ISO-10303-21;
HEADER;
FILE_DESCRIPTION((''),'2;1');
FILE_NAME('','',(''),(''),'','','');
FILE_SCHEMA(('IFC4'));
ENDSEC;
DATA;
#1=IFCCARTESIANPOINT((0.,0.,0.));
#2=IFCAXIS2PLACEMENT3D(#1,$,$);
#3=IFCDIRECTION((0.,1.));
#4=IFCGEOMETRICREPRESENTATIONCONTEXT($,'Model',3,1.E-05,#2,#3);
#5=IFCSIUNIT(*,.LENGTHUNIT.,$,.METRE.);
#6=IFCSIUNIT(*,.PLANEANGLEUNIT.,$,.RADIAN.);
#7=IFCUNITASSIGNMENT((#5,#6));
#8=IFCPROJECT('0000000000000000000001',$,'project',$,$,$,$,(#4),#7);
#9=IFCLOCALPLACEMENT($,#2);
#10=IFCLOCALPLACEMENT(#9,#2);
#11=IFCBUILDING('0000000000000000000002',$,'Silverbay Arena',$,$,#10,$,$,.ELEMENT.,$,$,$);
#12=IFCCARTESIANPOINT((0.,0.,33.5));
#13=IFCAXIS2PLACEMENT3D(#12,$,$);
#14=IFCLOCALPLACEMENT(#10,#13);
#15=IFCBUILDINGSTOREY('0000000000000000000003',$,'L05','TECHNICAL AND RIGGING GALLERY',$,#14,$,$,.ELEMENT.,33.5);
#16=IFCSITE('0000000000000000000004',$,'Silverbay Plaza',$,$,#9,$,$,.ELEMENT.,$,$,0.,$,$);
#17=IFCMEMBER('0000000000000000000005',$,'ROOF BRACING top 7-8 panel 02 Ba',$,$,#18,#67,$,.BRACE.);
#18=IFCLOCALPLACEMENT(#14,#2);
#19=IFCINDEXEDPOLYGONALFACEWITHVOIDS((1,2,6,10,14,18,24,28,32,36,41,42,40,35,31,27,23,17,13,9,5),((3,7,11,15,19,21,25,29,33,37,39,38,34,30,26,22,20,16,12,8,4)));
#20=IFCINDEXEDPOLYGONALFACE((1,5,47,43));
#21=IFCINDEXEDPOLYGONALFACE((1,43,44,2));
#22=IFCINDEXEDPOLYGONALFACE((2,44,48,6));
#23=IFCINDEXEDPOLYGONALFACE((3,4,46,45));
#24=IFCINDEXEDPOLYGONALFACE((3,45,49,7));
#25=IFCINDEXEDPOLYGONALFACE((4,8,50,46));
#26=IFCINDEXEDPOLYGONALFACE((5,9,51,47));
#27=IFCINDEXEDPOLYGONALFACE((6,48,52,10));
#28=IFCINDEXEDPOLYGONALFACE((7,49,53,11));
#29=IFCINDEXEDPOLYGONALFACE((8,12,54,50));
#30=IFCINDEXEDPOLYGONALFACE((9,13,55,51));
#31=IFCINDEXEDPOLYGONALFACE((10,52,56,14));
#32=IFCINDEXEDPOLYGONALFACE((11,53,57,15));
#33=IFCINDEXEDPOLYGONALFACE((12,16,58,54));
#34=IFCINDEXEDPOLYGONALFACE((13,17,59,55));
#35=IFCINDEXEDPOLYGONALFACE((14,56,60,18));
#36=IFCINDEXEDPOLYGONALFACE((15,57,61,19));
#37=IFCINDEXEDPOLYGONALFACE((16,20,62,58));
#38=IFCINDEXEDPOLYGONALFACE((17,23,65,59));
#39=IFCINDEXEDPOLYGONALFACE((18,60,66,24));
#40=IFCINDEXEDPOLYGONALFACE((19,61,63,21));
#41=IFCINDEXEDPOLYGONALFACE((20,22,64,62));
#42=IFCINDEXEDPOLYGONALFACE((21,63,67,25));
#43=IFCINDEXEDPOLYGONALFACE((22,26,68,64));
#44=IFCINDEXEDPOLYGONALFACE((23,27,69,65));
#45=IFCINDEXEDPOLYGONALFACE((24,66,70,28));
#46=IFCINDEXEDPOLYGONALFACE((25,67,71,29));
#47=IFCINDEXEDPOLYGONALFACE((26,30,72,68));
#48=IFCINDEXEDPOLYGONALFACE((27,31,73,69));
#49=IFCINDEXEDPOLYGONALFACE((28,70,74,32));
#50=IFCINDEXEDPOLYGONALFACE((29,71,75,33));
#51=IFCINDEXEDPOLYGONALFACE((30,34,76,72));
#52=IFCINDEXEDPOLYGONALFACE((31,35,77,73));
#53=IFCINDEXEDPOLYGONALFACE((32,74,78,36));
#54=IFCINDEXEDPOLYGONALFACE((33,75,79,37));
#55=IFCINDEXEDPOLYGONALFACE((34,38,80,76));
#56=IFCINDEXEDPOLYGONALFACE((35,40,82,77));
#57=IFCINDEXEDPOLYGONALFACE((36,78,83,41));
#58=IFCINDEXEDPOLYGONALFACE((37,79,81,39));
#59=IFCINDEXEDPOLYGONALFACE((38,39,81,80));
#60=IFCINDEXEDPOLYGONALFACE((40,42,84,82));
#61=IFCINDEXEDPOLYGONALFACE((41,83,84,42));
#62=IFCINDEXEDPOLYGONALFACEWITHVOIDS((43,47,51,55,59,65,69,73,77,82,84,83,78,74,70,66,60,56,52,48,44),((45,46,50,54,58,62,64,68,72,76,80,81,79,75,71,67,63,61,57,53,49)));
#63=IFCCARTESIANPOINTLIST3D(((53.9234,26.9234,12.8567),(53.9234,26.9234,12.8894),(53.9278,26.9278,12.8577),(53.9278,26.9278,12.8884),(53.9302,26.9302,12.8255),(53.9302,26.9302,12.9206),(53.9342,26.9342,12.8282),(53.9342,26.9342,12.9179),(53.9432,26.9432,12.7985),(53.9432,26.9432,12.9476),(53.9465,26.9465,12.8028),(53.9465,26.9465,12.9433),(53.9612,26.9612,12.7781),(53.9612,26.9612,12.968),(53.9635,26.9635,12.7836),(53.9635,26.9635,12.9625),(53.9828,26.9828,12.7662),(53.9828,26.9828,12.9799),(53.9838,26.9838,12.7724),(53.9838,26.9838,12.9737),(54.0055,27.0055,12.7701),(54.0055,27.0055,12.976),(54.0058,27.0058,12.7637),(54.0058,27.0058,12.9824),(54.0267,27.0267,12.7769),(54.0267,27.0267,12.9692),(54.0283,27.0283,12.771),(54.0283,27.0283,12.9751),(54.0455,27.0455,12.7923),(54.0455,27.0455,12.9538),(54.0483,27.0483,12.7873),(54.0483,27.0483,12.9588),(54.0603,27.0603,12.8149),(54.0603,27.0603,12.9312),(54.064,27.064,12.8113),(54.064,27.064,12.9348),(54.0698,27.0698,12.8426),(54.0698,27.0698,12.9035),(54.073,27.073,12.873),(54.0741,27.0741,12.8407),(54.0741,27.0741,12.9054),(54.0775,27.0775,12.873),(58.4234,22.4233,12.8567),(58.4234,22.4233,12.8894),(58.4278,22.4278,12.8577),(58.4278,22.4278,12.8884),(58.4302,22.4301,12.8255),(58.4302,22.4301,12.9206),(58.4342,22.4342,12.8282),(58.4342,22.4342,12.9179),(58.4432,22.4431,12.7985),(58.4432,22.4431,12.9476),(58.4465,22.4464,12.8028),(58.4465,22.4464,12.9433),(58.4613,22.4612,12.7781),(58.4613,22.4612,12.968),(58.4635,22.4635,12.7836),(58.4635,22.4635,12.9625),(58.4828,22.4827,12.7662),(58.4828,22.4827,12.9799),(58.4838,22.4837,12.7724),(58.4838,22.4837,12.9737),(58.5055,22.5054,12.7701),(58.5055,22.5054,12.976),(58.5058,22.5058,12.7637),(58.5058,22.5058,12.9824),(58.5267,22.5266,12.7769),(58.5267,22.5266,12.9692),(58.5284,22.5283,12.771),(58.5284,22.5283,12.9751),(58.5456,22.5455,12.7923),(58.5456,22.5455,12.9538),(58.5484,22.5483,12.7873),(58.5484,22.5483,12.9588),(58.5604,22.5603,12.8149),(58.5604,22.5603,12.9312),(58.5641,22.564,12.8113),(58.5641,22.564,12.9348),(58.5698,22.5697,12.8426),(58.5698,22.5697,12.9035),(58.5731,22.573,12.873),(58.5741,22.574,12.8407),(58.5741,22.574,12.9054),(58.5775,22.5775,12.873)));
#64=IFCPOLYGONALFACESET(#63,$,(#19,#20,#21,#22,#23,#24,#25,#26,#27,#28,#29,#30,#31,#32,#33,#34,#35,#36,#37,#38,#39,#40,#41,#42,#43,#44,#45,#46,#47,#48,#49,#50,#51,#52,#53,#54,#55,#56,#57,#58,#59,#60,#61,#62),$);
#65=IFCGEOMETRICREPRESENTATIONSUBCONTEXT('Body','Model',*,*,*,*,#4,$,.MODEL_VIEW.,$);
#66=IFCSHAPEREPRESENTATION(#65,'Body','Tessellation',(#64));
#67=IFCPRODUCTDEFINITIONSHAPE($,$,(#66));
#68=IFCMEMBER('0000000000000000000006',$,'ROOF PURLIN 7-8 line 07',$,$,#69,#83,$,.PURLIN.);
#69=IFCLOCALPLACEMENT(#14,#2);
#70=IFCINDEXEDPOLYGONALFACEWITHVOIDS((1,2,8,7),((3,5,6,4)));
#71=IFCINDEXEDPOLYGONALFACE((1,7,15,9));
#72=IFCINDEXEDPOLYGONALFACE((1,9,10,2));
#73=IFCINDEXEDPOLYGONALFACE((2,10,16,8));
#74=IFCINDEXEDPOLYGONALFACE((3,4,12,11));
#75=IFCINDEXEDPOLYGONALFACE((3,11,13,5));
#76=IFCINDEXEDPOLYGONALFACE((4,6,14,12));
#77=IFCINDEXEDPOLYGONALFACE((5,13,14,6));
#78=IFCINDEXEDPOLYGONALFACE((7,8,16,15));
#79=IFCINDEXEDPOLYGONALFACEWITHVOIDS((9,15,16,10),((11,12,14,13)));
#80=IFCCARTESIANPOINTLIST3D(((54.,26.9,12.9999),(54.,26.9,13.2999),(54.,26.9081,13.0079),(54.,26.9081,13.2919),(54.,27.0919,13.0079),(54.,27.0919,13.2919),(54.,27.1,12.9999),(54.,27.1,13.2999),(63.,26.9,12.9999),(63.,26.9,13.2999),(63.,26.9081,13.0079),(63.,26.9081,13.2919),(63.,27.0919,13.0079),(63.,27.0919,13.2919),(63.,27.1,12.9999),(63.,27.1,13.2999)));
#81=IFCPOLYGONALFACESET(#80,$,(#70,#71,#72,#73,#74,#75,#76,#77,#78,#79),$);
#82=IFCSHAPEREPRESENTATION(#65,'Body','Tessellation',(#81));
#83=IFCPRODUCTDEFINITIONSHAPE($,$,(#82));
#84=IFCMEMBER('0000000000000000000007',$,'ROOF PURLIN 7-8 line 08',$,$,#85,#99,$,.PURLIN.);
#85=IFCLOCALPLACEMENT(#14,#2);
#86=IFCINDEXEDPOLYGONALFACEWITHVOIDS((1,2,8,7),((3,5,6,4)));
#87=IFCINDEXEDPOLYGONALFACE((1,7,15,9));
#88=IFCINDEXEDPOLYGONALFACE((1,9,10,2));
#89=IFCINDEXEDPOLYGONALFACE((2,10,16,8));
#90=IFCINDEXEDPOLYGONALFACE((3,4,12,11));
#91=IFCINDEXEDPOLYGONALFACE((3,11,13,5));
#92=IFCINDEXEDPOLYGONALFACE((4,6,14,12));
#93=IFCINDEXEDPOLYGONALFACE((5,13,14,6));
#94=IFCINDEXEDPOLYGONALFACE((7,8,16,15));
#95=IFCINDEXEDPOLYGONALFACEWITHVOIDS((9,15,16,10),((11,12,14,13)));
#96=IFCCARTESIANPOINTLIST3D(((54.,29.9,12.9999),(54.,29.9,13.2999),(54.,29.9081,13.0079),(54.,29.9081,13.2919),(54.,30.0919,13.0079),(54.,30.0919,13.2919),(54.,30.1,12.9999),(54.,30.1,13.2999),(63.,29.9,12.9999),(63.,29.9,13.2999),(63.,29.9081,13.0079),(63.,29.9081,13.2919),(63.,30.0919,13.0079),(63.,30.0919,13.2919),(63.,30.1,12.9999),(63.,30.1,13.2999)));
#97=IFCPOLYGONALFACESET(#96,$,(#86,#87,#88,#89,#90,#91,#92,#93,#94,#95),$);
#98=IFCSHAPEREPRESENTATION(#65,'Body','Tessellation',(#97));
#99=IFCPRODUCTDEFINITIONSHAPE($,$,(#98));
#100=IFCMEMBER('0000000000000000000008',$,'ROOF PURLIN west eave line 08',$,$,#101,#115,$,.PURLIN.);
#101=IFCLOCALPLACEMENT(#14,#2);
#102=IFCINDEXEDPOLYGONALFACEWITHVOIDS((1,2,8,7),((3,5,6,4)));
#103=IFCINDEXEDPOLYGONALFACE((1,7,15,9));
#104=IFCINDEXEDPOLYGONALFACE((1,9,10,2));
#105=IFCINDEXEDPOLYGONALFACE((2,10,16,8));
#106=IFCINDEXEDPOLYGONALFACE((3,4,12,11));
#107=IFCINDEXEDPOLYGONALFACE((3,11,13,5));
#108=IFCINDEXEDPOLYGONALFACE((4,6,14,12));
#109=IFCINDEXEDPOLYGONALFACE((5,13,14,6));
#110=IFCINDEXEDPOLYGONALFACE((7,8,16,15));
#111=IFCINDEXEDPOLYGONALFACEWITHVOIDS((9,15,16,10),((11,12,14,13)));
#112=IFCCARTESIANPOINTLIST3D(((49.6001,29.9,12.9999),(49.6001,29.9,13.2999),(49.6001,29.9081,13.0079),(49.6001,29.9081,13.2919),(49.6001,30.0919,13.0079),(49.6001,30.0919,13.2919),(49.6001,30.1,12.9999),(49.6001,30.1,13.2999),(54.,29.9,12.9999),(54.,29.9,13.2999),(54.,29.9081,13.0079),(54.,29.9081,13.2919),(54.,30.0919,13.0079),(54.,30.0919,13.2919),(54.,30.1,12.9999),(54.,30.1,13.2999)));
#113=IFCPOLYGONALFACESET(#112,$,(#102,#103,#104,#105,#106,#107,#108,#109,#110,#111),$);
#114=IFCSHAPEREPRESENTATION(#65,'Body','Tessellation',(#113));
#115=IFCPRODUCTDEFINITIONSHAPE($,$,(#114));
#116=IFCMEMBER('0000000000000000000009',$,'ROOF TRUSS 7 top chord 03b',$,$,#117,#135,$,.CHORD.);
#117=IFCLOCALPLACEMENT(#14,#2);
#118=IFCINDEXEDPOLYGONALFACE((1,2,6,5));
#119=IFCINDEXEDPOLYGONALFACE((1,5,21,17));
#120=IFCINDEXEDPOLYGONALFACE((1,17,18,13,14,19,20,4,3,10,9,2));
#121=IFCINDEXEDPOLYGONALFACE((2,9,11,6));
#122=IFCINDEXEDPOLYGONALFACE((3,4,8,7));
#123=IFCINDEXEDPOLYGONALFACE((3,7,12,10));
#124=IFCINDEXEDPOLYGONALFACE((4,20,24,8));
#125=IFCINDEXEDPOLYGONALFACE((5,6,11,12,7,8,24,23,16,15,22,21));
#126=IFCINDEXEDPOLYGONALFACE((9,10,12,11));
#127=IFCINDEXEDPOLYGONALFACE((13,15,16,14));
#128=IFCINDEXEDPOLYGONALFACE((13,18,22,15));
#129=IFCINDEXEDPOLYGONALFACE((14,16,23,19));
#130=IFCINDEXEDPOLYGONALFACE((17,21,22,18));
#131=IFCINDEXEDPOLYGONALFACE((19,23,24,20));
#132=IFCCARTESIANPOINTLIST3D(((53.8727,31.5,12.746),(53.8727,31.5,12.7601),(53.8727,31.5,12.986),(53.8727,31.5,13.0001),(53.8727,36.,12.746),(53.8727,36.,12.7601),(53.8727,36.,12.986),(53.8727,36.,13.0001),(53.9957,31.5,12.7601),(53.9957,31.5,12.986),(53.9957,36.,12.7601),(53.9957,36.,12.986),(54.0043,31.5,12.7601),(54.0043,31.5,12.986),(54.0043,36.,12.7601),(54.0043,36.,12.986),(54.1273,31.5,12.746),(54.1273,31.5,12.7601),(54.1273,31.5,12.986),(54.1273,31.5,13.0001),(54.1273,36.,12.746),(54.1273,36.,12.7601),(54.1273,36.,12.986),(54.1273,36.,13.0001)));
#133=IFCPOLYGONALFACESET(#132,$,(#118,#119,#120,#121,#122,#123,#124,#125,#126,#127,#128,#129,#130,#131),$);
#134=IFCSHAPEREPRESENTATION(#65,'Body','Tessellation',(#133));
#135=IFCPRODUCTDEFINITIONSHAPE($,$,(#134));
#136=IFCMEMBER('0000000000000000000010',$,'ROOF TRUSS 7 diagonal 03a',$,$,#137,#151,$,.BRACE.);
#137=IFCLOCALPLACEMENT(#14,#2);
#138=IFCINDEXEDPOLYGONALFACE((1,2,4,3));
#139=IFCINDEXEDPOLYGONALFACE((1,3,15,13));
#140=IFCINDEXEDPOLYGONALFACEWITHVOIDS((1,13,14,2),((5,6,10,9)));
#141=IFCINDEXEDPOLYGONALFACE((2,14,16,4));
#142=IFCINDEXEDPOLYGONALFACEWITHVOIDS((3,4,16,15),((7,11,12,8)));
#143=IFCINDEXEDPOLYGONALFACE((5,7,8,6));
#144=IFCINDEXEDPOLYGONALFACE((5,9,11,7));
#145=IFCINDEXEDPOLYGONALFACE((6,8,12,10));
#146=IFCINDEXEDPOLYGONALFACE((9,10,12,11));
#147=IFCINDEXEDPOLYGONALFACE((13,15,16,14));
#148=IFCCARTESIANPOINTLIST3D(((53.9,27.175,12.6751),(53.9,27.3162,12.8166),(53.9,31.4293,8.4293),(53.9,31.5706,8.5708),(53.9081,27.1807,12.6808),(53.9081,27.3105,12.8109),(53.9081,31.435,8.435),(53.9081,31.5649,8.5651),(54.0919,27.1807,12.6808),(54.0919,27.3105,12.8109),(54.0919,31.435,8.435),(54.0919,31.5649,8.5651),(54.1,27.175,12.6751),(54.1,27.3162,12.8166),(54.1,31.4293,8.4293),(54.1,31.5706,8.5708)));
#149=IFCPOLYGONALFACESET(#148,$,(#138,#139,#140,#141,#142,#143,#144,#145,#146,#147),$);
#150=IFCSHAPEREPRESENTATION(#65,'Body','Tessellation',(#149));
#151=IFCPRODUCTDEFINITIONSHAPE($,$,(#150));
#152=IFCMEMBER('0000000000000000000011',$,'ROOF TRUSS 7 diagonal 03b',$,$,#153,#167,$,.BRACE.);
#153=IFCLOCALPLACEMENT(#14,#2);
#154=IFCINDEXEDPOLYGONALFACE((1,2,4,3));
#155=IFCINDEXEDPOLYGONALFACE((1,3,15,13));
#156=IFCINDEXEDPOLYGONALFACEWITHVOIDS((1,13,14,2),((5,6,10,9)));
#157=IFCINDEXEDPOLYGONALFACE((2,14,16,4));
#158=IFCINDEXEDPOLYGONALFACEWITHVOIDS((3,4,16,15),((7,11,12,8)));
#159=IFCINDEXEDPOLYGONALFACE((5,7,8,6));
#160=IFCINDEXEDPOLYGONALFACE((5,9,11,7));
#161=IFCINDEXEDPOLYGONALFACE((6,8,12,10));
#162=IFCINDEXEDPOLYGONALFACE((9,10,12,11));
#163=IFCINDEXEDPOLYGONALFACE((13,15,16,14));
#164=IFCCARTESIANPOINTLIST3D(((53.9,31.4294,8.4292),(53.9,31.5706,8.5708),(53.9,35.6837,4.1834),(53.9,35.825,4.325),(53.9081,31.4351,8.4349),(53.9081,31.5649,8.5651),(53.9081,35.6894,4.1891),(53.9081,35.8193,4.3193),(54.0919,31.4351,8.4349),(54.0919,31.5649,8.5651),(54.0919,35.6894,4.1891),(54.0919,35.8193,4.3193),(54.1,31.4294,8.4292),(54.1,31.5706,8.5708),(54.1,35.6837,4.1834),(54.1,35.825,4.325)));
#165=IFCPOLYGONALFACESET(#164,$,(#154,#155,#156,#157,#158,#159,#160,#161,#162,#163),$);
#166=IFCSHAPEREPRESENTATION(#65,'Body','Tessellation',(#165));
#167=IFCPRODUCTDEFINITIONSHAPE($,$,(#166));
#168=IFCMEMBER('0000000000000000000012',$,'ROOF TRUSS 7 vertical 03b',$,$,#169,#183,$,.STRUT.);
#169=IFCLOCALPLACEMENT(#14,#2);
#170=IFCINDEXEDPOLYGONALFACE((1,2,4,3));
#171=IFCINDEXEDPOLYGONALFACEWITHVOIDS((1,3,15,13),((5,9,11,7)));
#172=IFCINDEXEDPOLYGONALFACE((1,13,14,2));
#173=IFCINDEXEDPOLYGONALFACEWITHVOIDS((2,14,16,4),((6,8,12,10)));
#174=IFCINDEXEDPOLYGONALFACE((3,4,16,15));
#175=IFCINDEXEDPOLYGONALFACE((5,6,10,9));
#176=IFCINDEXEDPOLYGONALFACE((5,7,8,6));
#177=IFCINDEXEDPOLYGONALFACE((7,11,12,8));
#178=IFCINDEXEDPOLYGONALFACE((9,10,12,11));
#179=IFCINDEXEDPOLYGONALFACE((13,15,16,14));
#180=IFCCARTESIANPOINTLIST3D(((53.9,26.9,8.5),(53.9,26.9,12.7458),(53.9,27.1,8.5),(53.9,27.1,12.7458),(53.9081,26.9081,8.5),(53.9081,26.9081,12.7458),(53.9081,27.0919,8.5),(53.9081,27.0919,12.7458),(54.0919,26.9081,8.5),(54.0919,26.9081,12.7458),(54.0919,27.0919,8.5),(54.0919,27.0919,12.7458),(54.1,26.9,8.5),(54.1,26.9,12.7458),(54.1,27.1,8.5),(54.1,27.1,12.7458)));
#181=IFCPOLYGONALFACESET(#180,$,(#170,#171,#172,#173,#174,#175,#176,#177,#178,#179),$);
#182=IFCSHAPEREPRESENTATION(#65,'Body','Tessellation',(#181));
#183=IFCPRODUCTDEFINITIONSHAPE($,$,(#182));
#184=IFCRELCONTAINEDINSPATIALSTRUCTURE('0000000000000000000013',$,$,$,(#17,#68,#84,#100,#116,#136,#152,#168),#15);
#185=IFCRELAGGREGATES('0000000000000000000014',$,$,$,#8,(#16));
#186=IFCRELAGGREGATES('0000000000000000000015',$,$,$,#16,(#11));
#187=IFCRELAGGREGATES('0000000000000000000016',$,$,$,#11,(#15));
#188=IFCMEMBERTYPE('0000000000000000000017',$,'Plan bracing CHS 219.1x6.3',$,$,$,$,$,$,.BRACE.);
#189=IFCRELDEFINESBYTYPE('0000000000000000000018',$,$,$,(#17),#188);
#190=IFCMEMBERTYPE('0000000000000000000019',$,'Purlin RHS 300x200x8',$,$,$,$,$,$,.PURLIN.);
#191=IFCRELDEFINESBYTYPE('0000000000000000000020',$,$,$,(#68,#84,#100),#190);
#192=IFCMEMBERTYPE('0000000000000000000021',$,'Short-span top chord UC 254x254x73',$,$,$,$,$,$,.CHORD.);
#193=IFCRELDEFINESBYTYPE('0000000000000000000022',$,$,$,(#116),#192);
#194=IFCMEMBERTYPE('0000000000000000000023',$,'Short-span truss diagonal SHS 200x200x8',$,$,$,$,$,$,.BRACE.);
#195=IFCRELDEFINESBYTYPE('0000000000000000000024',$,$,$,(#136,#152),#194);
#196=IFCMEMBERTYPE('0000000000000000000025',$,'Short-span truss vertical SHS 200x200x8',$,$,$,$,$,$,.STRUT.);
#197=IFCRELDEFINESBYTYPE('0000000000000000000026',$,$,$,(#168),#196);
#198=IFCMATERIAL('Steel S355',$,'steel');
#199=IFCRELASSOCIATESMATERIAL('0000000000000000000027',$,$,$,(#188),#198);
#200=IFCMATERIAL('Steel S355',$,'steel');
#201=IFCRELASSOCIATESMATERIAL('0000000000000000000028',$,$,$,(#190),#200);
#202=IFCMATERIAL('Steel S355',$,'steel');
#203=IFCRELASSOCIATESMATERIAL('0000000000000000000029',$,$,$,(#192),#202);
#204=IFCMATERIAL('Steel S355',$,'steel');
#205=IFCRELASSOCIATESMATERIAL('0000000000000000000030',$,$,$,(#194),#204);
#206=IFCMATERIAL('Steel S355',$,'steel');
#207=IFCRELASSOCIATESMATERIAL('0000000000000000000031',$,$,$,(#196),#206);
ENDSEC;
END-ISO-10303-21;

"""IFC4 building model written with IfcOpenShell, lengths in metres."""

from ifc_helpers import new_model, si_unit, direction, frame, origin, origin_2d, place, context, subcontext, project, spatial, hollow_rectangle, hollow_circle, i_section, extrude, material, material_profile, profile_set, type_object, element, save


model = new_model("IFC4")

# Units and contexts
model_context = context("Model", 3, precision=1e-05, world=origin(), true_north=direction((0.0, 1.0)))
body_context = subcontext(model_context, "Body", "Model", "MODEL_VIEW")
ifc_project = project(units=[si_unit("LENGTHUNIT", "METRE"), si_unit("PLANEANGLEUNIT", "RADIAN")], contexts=[model_context])

# Site, building, storey
site_placement = place(None, origin())
site = spatial("IfcSite", under=ifc_project, at=site_placement, Name="Silverbay Plaza", CompositionType="ELEMENT", RefElevation=0.0)
building_placement = place(site_placement, origin())
building = spatial("IfcBuilding", under=site, at=building_placement, Name="Silverbay Arena", CompositionType="ELEMENT")
storey_placement = place(building_placement, frame((0.0, 0.0, 33.5)))
storey = spatial("IfcBuildingStorey", under=building, at=storey_placement, Name="L05", Description="TECHNICAL AND RIGGING GALLERY", CompositionType="ELEMENT", Elevation=33.5)

# Members
ifc_material_1 = material(Name="Steel S355", Category="steel")
ifc_material_profile_1 = material_profile(ifc_material_1, hollow_circle(Radius=0.1096, WallThickness=0.0063, at=origin_2d()), Name="CHS 219.1x6.3")
ifc_profile_set_1 = profile_set([ifc_material_profile_1], Name="Steel S355")
member_type_1 = type_object("IfcMemberType", Name="Plan bracing CHS 219.1x6.3", PredefinedType="BRACE", material=ifc_profile_set_1)
member_1_placement = place(storey_placement, frame((54.0, 27.0, 12.873), z_axis=(0.707107, -0.707107, 0.0), x_axis=(0.707107, 0.707107, 0.0)))
element("IfcMember", 1, at=member_1_placement, inside=storey, type_object=member_type_1, Name="ROOF BRACING top 7-8 panel 02 Ba", PredefinedType="BRACE", context=body_context, shape_type="SweptSolid", body=[
    extrude(hollow_circle(Radius=0.1096, WallThickness=0.0063, at=origin_2d()), origin(), (0.0, 0.0, 1.0), 6.364),
])
ifc_material_2 = material(Name="Steel S355", Category="steel")
ifc_material_profile_2 = material_profile(ifc_material_2, hollow_rectangle(XDim=0.2, YDim=0.3, WallThickness=0.0081, at=origin_2d()), Name="RHS 300x200x8")
ifc_profile_set_2 = profile_set([ifc_material_profile_2], Name="Steel S355")
member_type_2 = type_object("IfcMemberType", Name="Purlin RHS 300x200x8", PredefinedType="PURLIN", material=ifc_profile_set_2)
for number, where, z_axis, x_axis, name in (
    (2, (54.0, 27.0, 13.1499), (1.0, 0.0, 0.0), (0.0, 1.0, 0.0), "ROOF PURLIN 7-8 line 07"),
    (3, (54.0, 30.0, 13.1499), (1.0, 0.0, 0.0), (0.0, 1.0, 0.0), "ROOF PURLIN 7-8 line 08"),
):
    element("IfcMember", number, at=place(storey_placement, frame(where, z_axis=z_axis, x_axis=x_axis)), inside=storey, type_object=member_type_2, Name=name, PredefinedType="PURLIN", context=body_context, shape_type="SweptSolid", body=[
        extrude(hollow_rectangle(XDim=0.2, YDim=0.3, WallThickness=0.0081, at=origin_2d()), origin(), (0.0, 0.0, 1.0), 9.0),
    ])
member_2_placement = place(storey_placement, frame((49.6001, 30.0, 13.1499), z_axis=(1.0, 0.0, 0.0), x_axis=(0.0, 1.0, 0.0)))
element("IfcMember", 4, at=member_2_placement, inside=storey, type_object=member_type_2, Name="ROOF PURLIN west eave line 08", PredefinedType="PURLIN", context=body_context, shape_type="SweptSolid", body=[
    extrude(hollow_rectangle(XDim=0.2, YDim=0.3, WallThickness=0.0081, at=origin_2d()), origin(), (0.0, 0.0, 1.0), 4.3999),
])
ifc_material_3 = material(Name="Steel S355", Category="steel")
ifc_material_profile_3 = material_profile(ifc_material_3, i_section(OverallWidth=0.2546, OverallDepth=0.2542, WebThickness=0.0085, FlangeThickness=0.0142, at=origin_2d()), Name="UC 254x254x73")
ifc_profile_set_3 = profile_set([ifc_material_profile_3], Name="Steel S355")
member_type_3 = type_object("IfcMemberType", Name="Short-span top chord UC 254x254x73", PredefinedType="CHORD", material=ifc_profile_set_3)
member_3_placement = place(storey_placement, frame((54.0, 31.5, 12.873), z_axis=(0.0, 1.0, 0.0), x_axis=(-1.0, 0.0, 0.0)))
element("IfcMember", 5, at=member_3_placement, inside=storey, type_object=member_type_3, Name="ROOF TRUSS 7 top chord 03b", PredefinedType="CHORD", context=body_context, shape_type="SweptSolid", body=[
    extrude(i_section(OverallWidth=0.2546, OverallDepth=0.2542, WebThickness=0.0085, FlangeThickness=0.0142, at=origin_2d()), origin(), (0.0, 0.0, 1.0), 4.5),
])
ifc_material_4 = material(Name="Steel S355", Category="steel")
ifc_material_profile_4 = material_profile(ifc_material_4, hollow_rectangle(XDim=0.2, YDim=0.2, WallThickness=0.0081, at=origin_2d()), Name="SHS 200x200x8")
ifc_profile_set_4 = profile_set([ifc_material_profile_4], Name="Steel S355")
member_type_4 = type_object("IfcMemberType", Name="Short-span truss diagonal SHS 200x200x8", PredefinedType="BRACE", material=ifc_profile_set_4)
for number, where, z_axis, x_axis, name in (
    (6, (54.0, 27.2456, 12.7458), (0.0, 0.707817, -0.706396), (-1.0, 0.0, 0.0), "ROOF TRUSS 7 diagonal 03a"),
    (7, (54.0, 31.5, 8.5), (0.0, 0.707817, -0.706396), (-1.0, 0.0, 0.0), "ROOF TRUSS 7 diagonal 03b"),
):
    element("IfcMember", number, at=place(storey_placement, frame(where, z_axis=z_axis, x_axis=x_axis)), inside=storey, type_object=member_type_4, Name=name, PredefinedType="BRACE", context=body_context, shape_type="SweptSolid", body=[
        extrude(hollow_rectangle(XDim=0.2, YDim=0.2, WallThickness=0.0081, at=origin_2d()), origin(), (0.0, 0.0, 1.0), 6.0105),
    ])
ifc_material_5 = material(Name="Steel S355", Category="steel")
ifc_material_profile_5 = material_profile(ifc_material_5, hollow_rectangle(XDim=0.2, YDim=0.2, WallThickness=0.0081, at=origin_2d()), Name="SHS 200x200x8")
ifc_profile_set_5 = profile_set([ifc_material_profile_5], Name="Steel S355")
member_type_5 = type_object("IfcMemberType", Name="Short-span truss vertical SHS 200x200x8", PredefinedType="STRUT", material=ifc_profile_set_5)
member_4_placement = place(storey_placement, frame((54.0, 27.0, 8.5), z_axis=(0.0, 0.0, 1.0), x_axis=(1.0, 0.0, 0.0)))
element("IfcMember", 8, at=member_4_placement, inside=storey, type_object=member_type_5, Name="ROOF TRUSS 7 vertical 03b", PredefinedType="STRUT", context=body_context, shape_type="SweptSolid", body=[
    extrude(hollow_rectangle(XDim=0.2, YDim=0.2, WallThickness=0.0081, at=origin_2d()), origin(), (0.0, 0.0, 1.0), 4.2458),
])

save(model, "model.ifc")
